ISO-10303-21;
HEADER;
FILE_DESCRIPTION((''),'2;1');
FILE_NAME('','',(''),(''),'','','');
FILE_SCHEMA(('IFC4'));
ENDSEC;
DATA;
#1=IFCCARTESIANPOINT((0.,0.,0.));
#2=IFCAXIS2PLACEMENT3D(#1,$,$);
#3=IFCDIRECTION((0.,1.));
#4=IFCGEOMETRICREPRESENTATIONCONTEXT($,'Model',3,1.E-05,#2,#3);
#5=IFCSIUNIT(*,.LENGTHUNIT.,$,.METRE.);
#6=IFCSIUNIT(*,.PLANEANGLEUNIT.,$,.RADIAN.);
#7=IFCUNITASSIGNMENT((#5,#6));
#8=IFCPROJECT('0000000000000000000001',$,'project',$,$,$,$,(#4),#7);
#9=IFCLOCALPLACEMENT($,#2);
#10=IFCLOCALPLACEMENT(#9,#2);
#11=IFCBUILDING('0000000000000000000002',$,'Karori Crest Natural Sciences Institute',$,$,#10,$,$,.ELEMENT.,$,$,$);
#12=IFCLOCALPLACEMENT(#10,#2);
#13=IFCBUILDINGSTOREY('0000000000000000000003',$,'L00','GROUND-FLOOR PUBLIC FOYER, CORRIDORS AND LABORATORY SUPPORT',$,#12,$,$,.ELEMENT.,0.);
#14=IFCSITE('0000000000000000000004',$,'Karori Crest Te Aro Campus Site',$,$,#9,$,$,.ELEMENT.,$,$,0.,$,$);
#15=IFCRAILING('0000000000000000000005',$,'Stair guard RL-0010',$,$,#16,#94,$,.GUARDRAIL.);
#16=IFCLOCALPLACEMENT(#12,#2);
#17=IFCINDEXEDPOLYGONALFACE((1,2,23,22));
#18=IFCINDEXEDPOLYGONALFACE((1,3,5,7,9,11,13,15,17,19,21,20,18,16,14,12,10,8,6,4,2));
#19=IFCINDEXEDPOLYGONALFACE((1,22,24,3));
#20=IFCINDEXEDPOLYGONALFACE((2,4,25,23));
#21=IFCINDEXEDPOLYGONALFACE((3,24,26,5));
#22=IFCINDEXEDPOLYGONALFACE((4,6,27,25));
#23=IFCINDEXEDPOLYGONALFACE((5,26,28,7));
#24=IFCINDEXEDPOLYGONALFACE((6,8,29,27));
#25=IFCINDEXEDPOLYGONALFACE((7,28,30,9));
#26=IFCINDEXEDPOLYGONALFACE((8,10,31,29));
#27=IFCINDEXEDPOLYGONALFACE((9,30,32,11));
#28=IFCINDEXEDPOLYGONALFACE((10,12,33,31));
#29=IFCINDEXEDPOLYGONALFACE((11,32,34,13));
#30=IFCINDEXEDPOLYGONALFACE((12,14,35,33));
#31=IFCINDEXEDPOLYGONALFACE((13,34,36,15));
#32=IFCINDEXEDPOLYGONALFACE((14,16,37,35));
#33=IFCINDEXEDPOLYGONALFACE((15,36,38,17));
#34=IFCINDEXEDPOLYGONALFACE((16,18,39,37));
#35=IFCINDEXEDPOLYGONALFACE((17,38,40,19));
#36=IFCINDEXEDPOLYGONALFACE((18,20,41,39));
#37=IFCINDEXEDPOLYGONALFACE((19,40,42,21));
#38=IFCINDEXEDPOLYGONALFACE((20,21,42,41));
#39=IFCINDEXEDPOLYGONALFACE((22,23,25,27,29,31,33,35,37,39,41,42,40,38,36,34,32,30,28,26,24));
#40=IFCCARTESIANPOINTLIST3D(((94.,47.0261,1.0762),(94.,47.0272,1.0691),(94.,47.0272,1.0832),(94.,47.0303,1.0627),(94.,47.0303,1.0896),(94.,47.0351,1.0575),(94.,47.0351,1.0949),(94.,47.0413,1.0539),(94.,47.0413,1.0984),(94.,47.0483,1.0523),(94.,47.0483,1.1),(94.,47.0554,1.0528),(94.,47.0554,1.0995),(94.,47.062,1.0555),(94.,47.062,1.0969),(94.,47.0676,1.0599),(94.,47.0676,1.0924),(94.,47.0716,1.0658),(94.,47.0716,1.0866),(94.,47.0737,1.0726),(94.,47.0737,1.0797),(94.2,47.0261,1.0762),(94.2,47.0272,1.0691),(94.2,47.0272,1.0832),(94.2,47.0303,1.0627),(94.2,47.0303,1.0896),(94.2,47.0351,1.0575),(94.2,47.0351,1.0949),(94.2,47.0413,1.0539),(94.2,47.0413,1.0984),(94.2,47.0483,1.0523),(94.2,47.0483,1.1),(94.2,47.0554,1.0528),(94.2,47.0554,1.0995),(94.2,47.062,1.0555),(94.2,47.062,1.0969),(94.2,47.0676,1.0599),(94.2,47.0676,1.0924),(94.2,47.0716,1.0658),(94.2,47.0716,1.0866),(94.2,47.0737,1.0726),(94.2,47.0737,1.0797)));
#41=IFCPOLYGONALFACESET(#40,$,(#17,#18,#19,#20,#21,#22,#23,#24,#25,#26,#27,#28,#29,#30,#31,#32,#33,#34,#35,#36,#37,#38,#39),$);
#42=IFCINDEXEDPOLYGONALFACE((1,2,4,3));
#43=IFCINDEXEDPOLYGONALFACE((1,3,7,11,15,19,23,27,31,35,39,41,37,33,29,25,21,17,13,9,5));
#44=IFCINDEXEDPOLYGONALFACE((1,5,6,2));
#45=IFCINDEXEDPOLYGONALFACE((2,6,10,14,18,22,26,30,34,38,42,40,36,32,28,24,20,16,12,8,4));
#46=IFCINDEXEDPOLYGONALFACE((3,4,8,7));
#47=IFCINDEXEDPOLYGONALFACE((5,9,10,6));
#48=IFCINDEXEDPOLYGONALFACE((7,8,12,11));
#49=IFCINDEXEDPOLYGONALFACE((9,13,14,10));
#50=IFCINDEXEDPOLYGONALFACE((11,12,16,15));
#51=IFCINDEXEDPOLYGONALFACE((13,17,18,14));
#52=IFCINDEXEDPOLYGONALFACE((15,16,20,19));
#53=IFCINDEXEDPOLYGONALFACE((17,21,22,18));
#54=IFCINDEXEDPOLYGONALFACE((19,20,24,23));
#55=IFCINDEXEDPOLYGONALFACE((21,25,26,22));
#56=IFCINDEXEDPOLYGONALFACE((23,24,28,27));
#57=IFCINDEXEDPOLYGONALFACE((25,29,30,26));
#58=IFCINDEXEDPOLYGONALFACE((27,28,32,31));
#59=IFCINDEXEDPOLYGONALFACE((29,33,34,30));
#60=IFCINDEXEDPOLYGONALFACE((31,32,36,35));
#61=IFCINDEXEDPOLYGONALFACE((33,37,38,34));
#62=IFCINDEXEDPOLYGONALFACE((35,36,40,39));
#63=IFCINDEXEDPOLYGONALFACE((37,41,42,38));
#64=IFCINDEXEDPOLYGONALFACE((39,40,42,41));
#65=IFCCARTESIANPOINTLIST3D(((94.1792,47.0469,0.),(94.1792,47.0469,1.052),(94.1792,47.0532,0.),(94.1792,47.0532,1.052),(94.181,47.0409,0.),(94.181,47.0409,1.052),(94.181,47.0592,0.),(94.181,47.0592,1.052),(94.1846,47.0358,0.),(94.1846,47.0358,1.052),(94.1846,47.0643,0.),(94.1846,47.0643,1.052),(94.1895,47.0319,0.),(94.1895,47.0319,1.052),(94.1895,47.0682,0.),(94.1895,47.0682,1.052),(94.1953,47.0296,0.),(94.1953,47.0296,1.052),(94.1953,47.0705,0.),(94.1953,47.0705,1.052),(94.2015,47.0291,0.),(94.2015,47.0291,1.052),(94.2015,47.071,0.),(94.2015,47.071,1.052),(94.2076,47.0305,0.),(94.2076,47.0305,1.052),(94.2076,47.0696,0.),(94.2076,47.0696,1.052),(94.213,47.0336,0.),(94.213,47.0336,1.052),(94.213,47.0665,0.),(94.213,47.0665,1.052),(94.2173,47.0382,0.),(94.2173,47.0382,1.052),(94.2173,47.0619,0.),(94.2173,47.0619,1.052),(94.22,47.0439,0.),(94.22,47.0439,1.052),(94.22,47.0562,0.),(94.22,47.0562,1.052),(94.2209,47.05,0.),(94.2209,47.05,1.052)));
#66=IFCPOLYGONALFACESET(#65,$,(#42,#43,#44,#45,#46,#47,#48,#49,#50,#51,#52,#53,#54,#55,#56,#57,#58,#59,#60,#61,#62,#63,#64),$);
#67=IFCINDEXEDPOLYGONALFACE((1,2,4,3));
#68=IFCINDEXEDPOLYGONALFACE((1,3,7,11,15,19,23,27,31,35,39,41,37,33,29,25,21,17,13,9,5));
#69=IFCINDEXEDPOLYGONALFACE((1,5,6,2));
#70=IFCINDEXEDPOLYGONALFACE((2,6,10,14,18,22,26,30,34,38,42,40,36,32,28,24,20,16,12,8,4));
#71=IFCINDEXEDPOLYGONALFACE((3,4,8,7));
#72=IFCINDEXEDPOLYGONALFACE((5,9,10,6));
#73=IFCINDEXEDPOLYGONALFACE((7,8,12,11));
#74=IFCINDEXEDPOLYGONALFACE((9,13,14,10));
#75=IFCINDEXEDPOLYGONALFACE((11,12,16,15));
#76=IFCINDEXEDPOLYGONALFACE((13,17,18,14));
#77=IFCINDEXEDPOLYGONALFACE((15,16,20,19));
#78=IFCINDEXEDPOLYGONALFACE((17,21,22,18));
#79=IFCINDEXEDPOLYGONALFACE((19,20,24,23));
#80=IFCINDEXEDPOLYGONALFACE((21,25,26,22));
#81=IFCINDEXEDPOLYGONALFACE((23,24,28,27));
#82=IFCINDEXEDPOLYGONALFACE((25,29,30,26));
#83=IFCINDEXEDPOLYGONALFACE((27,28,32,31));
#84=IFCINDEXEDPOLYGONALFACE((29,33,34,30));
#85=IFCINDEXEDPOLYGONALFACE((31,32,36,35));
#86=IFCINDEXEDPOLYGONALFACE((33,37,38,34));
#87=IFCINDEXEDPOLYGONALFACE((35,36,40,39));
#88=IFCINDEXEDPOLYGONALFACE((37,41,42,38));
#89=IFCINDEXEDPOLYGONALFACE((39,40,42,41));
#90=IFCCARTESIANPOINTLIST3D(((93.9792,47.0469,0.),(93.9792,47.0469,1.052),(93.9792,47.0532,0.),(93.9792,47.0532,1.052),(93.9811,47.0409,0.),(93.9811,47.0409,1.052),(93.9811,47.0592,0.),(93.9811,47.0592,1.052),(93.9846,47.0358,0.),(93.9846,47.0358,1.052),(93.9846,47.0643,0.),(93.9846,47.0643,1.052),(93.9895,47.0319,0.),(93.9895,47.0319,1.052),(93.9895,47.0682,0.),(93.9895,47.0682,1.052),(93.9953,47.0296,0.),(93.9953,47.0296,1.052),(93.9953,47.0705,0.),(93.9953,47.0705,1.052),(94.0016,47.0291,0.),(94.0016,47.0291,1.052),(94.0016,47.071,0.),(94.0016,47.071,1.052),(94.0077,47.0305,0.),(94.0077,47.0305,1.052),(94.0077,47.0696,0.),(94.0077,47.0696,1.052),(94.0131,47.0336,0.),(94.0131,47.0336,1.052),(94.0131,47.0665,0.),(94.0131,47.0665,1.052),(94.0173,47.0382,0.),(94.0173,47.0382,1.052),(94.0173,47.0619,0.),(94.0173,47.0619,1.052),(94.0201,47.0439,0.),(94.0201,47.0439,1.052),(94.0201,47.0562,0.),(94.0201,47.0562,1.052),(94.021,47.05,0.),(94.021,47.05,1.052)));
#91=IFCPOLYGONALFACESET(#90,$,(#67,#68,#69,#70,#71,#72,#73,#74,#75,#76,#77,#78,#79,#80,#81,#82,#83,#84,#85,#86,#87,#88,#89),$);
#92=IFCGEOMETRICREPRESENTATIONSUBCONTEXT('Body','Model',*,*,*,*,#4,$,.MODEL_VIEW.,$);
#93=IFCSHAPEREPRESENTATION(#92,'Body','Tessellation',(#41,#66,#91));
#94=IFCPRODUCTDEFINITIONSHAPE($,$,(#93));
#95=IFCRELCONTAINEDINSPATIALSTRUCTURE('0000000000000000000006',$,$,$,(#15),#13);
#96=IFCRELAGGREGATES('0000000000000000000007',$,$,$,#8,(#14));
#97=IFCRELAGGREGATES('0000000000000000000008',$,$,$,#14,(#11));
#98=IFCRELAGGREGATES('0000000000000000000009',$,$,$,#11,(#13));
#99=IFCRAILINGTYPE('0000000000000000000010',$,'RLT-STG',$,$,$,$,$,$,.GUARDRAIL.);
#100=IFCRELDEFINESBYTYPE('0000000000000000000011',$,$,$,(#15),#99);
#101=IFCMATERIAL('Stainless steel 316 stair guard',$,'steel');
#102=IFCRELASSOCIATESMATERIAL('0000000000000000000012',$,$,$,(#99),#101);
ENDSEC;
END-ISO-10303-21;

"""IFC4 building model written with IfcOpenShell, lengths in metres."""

from ifc_helpers import new_model, si_unit, direction, frame, origin, origin_2d, place, context, subcontext, project, spatial, circle, extrude, material, type_object, element, save


model = new_model("IFC4")

# Units and contexts
model_context = context("Model", 3, precision=1e-05, world=origin(), true_north=direction((0.0, 1.0)))
body_context = subcontext(model_context, "Body", "Model", "MODEL_VIEW")
ifc_project = project(units=[si_unit("LENGTHUNIT", "METRE"), si_unit("PLANEANGLEUNIT", "RADIAN")], contexts=[model_context])

# Site, building, storey
site_placement = place(None, origin())
site = spatial("IfcSite", under=ifc_project, at=site_placement, Name="Karori Crest Te Aro Campus Site", CompositionType="ELEMENT", RefElevation=0.0)
building_placement = place(site_placement, origin())
building = spatial("IfcBuilding", under=site, at=building_placement, Name="Karori Crest Natural Sciences Institute", CompositionType="ELEMENT")
storey_placement = place(building_placement, origin())
storey = spatial("IfcBuildingStorey", under=building, at=storey_placement, Name="L00", Description="GROUND-FLOOR PUBLIC FOYER, CORRIDORS AND LABORATORY SUPPORT", CompositionType="ELEMENT", Elevation=0.0)

# Railing
ifc_material_1 = material(Name="Stainless steel 316 stair guard", Category="steel")
railing_type = type_object("IfcRailingType", Name="RLT-STG", PredefinedType="GUARDRAIL", material=ifc_material_1)
railing_1_placement = place(storey_placement, frame((94.2, 47.05, 0.0)))
element("IfcRailing", 1, at=railing_1_placement, inside=storey, type_object=railing_type, Name="Stair guard RL-0010", PredefinedType="GUARDRAIL", context=body_context, shape_type="SweptSolid", body=[
    extrude(circle(Radius=0.0239, at=origin_2d()), frame((0.0, 0.0, 1.0762), z_axis=(-1.0, 0.0, 0.0), x_axis=(0.0, -1.0, 0.0)), (0.0, 0.0, 1.0), 0.2),
    extrude(circle(Radius=0.021, at=origin_2d()), origin(), (0.0, 0.0, 1.0), 1.052),
    extrude(circle(Radius=0.021, at=origin_2d()), frame((-0.2, 0.0, 0.0)), (0.0, 0.0, 1.0), 1.052),
])

save(model, "model.ifc")
